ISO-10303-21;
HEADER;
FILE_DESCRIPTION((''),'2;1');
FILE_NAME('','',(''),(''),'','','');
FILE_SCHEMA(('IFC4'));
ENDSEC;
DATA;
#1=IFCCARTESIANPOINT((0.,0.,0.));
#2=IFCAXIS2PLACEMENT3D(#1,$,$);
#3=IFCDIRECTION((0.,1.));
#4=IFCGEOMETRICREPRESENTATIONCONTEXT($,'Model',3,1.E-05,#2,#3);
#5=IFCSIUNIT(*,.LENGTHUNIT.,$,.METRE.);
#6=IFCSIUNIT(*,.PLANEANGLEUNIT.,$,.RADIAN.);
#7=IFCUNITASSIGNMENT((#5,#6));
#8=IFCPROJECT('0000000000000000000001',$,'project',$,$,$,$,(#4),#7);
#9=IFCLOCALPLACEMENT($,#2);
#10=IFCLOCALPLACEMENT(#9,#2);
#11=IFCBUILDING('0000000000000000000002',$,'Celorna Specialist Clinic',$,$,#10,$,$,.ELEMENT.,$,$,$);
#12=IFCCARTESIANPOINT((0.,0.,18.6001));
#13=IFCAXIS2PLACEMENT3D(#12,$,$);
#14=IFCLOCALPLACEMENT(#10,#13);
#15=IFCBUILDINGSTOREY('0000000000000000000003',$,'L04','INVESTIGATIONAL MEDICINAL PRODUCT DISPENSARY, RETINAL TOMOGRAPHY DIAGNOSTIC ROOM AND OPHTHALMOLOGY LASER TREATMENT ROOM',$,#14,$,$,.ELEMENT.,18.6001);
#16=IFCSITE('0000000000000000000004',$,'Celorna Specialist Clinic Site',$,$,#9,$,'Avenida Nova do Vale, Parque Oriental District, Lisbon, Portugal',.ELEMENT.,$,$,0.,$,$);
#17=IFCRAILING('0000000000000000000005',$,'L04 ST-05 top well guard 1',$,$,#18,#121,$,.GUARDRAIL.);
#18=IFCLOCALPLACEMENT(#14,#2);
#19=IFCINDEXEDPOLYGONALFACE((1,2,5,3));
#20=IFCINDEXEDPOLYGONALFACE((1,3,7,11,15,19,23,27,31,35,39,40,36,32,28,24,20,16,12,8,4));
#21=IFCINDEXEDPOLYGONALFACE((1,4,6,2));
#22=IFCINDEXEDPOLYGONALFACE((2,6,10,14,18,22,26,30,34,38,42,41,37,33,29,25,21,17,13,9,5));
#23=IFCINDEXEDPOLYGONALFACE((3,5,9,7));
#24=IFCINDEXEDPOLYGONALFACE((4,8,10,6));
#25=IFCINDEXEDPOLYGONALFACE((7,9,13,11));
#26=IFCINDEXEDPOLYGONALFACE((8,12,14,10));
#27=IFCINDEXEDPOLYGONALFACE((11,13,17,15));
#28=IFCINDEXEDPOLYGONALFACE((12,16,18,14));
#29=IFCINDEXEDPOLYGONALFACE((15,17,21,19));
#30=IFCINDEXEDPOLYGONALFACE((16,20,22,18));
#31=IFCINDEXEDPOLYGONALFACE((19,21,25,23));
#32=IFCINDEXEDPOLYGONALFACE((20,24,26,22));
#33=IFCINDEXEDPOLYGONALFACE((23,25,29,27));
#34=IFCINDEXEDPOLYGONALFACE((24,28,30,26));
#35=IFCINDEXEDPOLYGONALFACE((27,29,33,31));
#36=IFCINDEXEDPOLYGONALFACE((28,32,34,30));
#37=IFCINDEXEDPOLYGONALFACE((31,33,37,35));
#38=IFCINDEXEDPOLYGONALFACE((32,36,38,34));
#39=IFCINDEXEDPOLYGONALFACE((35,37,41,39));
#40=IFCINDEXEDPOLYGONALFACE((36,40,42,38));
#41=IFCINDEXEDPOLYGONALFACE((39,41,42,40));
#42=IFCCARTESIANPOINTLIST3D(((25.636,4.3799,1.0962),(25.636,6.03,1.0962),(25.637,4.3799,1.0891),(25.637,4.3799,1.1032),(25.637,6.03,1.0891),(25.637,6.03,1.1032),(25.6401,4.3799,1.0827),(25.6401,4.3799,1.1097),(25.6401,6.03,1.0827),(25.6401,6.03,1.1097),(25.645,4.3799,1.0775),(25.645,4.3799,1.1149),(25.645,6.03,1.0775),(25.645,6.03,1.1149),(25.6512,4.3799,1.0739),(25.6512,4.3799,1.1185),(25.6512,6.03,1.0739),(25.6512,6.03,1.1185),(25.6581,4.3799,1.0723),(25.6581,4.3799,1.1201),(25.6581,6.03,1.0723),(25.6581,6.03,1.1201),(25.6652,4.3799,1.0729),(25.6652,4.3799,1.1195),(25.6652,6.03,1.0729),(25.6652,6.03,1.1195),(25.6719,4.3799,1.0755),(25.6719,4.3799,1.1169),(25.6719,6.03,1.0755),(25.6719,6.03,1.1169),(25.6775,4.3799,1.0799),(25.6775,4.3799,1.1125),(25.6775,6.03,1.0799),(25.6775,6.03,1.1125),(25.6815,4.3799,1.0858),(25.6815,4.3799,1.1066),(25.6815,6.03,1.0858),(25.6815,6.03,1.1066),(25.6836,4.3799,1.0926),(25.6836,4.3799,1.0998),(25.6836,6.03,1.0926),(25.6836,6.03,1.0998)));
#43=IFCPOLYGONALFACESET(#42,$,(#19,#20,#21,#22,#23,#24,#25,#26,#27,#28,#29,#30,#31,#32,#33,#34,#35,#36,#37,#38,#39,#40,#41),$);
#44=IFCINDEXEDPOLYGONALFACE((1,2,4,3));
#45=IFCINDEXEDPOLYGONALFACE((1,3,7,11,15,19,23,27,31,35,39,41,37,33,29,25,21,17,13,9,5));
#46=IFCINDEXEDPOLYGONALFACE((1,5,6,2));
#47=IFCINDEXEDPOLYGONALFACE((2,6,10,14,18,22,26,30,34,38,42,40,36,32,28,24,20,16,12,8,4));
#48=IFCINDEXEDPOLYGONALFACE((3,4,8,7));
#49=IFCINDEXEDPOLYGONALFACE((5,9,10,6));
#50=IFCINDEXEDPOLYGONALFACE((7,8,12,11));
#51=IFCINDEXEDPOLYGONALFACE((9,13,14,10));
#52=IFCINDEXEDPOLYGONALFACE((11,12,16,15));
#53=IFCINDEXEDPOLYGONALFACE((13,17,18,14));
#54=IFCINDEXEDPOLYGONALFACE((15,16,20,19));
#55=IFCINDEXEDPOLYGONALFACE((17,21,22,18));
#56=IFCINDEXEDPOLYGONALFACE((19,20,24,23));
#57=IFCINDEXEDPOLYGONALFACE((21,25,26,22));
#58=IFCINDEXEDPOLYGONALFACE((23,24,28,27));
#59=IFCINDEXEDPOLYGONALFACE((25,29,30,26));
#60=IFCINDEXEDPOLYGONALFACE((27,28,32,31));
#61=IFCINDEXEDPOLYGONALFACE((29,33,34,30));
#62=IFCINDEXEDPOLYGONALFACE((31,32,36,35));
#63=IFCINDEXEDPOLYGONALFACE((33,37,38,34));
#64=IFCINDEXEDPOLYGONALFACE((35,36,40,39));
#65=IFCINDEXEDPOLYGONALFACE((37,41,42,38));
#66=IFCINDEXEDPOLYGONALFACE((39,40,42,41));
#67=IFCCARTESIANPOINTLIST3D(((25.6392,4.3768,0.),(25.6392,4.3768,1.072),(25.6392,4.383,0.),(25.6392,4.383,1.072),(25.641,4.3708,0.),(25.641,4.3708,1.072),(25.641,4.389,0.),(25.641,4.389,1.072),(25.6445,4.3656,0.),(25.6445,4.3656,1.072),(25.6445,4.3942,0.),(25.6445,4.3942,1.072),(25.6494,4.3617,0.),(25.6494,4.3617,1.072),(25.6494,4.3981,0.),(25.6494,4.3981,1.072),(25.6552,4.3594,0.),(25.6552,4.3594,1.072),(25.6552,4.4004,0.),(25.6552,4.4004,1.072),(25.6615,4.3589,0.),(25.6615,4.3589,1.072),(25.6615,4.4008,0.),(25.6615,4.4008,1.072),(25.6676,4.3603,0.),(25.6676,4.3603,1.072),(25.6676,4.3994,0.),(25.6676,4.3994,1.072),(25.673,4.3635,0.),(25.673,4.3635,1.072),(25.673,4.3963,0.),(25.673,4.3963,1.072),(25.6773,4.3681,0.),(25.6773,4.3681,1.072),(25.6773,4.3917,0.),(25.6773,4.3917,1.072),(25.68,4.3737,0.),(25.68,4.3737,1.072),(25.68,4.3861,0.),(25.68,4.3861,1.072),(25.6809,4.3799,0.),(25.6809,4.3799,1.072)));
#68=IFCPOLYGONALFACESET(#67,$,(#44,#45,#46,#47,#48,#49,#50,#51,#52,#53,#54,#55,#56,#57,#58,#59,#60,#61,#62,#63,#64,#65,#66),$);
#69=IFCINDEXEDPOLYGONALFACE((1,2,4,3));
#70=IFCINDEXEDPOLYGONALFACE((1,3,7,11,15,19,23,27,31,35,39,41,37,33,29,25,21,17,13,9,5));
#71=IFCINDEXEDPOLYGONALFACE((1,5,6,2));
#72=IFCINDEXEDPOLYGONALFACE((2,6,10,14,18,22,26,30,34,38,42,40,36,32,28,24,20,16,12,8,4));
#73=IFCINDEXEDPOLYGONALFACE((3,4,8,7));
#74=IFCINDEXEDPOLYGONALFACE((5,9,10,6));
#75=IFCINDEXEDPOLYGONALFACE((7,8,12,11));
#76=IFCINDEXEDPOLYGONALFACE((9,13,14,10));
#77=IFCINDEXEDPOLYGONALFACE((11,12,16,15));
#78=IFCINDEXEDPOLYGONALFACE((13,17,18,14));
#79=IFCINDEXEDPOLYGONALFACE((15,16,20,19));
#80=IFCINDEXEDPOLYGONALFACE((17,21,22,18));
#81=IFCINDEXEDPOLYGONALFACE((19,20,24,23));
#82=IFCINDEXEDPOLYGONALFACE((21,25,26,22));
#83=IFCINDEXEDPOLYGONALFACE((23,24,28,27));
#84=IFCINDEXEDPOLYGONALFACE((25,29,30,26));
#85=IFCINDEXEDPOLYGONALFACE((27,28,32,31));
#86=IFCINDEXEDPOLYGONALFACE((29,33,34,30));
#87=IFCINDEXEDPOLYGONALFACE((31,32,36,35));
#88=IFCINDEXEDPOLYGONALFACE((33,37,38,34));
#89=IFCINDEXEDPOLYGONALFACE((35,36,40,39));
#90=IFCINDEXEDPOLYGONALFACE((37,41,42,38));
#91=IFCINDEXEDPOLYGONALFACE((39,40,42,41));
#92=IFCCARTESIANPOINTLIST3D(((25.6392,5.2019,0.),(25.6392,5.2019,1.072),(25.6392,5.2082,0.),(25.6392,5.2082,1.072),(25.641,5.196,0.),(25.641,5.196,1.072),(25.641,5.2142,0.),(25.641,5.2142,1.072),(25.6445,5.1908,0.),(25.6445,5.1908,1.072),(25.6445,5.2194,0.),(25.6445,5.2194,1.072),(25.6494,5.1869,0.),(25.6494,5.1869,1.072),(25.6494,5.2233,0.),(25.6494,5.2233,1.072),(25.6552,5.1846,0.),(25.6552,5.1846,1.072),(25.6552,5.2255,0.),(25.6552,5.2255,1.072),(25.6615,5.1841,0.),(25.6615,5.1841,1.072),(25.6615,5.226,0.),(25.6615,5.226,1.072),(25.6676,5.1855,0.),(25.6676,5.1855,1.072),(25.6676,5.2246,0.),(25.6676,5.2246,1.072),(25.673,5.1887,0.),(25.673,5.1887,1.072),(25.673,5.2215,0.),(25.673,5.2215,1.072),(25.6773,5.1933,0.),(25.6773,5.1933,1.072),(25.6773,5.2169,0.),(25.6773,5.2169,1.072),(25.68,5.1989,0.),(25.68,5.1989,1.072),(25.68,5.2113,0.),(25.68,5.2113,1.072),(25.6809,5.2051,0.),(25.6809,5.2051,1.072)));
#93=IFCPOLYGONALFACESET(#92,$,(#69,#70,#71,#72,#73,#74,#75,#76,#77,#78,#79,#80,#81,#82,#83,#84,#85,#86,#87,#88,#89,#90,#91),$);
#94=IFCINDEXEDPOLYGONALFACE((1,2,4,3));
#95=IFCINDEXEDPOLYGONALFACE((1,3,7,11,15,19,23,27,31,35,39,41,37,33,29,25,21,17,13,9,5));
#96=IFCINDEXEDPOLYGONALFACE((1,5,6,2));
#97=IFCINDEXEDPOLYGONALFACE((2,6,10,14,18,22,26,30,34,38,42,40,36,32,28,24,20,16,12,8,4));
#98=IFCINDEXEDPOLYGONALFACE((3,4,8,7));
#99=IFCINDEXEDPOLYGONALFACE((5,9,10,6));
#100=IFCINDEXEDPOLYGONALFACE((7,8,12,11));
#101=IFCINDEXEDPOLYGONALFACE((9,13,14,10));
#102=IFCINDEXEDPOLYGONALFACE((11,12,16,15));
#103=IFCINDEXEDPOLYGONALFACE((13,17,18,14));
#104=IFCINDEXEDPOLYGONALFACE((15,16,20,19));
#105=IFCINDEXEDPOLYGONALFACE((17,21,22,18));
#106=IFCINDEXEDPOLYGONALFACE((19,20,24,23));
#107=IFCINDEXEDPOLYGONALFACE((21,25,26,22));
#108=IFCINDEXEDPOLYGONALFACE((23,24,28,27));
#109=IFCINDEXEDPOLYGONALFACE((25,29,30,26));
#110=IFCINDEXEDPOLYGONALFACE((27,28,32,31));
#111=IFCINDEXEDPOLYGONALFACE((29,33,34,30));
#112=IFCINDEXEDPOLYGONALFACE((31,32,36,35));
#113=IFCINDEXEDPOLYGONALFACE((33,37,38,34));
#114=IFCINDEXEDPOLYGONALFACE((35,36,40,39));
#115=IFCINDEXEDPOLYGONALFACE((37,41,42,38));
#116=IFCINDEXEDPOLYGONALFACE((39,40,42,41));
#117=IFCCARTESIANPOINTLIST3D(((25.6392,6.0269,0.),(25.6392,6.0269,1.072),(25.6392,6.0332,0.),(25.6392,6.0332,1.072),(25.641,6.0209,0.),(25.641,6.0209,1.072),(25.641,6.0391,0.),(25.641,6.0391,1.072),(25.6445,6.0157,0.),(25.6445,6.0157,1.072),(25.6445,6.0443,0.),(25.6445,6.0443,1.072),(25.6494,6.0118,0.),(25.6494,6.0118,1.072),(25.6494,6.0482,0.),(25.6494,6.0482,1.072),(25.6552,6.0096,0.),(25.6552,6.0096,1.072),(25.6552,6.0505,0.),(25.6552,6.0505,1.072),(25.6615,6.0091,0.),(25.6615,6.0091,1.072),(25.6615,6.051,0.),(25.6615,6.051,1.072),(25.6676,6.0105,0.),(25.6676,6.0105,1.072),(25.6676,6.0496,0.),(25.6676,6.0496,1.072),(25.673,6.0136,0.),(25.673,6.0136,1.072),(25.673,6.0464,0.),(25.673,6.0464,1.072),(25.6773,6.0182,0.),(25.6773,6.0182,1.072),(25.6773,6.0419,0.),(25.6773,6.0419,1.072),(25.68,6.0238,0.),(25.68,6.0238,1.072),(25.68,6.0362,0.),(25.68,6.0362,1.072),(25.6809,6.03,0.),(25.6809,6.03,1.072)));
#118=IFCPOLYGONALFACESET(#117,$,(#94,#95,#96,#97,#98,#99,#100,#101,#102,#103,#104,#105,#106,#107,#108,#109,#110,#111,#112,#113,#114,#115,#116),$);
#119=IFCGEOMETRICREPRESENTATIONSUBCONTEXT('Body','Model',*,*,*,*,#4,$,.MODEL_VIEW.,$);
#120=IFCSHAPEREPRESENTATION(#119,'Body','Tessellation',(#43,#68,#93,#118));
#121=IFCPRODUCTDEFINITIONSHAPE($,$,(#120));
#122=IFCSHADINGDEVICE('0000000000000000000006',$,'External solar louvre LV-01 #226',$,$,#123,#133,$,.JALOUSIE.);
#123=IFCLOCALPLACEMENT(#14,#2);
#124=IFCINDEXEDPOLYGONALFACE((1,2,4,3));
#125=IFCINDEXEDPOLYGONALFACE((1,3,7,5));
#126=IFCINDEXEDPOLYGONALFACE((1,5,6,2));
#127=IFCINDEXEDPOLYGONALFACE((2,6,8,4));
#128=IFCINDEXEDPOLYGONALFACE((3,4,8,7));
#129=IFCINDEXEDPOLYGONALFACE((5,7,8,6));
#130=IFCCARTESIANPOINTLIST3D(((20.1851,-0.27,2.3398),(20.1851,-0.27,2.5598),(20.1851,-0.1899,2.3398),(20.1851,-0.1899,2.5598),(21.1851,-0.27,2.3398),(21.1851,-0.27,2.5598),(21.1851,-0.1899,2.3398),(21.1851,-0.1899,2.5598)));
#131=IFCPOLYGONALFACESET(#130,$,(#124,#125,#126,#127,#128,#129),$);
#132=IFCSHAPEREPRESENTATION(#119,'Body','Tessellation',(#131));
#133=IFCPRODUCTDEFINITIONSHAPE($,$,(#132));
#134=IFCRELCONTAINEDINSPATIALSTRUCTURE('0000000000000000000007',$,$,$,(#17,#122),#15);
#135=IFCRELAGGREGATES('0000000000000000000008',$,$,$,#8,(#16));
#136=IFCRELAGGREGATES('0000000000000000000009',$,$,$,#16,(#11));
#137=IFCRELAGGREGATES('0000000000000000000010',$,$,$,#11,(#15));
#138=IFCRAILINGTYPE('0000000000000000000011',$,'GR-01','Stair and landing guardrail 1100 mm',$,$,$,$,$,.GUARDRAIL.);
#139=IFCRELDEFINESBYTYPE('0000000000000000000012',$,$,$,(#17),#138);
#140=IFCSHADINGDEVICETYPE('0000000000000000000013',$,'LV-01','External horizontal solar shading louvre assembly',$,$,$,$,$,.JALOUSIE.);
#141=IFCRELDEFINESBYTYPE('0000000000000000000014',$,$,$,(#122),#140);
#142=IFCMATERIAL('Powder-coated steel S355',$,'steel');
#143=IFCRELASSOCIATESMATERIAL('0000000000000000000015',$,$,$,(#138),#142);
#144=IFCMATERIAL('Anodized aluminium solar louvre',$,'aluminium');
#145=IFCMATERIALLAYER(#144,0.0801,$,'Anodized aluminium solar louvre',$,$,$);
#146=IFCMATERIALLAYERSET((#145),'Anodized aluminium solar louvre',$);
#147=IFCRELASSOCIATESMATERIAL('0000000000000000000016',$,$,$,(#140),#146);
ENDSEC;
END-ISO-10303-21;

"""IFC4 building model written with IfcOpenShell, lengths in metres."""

from ifc_helpers import new_model, si_unit, direction, frame, origin, origin_2d, place, context, subcontext, project, spatial, rectangle, circle, extrude, material, layer, layer_set, type_object, element, save


model = new_model("IFC4")

# Units and contexts
model_context = context("Model", 3, precision=1e-05, world=origin(), true_north=direction((0.0, 1.0)))
body_context = subcontext(model_context, "Body", "Model", "MODEL_VIEW")
ifc_project = project(units=[si_unit("LENGTHUNIT", "METRE"), si_unit("PLANEANGLEUNIT", "RADIAN")], contexts=[model_context])

# Site, building, storey
site_placement = place(None, origin())
site = spatial("IfcSite", under=ifc_project, at=site_placement, Name="Celorna Specialist Clinic Site", LongName="Avenida Nova do Vale, Parque Oriental District, Lisbon, Portugal", CompositionType="ELEMENT", RefElevation=0.0)
building_placement = place(site_placement, origin())
building = spatial("IfcBuilding", under=site, at=building_placement, Name="Celorna Specialist Clinic", CompositionType="ELEMENT")
storey_placement = place(building_placement, frame((0.0, 0.0, 18.6001)))
storey = spatial("IfcBuildingStorey", under=building, at=storey_placement, Name="L04", Description="INVESTIGATIONAL MEDICINAL PRODUCT DISPENSARY, RETINAL TOMOGRAPHY DIAGNOSTIC ROOM AND OPHTHALMOLOGY LASER TREATMENT ROOM", CompositionType="ELEMENT", Elevation=18.6001)

# Railing
ifc_material_1 = material(Name="Powder-coated steel S355", Category="steel")
railing_type = type_object("IfcRailingType", Name="GR-01", Description="Stair and landing guardrail 1100 mm", PredefinedType="GUARDRAIL", material=ifc_material_1)
railing_placement = place(storey_placement, frame((25.6599, 4.3799, 0.0)))
element("IfcRailing", 1, at=railing_placement, inside=storey, type_object=railing_type, Name="L04 ST-05 top well guard 1", PredefinedType="GUARDRAIL", context=body_context, shape_type="SweptSolid", body=[
    extrude(circle(Radius=0.0239, at=origin_2d()), frame((0.0, 0.0, 1.0962), z_axis=(0.0, 1.0, 0.0), x_axis=(-1.0, 0.0, 0.0)), (0.0, 0.0, 1.0), 1.6501),
    extrude(circle(Radius=0.021, at=origin_2d()), origin(), (0.0, 0.0, 1.0), 1.072),
    extrude(circle(Radius=0.021, at=origin_2d()), frame((0.0, 0.8252, 0.0)), (0.0, 0.0, 1.0), 1.072),
    extrude(circle(Radius=0.021, at=origin_2d()), frame((0.0, 1.6501, 0.0)), (0.0, 0.0, 1.0), 1.072),
])

# Shading device
ifc_material_2 = material(Name="Anodized aluminium solar louvre", Category="aluminium")
ifc_layer_1 = layer(ifc_material_2, 0.0801, Name="Anodized aluminium solar louvre")
ifc_layer_set_1 = layer_set([ifc_layer_1], Name="Anodized aluminium solar louvre")
shading_device_type = type_object("IfcShadingDeviceType", Name="LV-01", Description="External horizontal solar shading louvre assembly", PredefinedType="JALOUSIE", material=ifc_layer_set_1)
shading_device_placement = place(storey_placement, frame((20.6851, -0.23, 2.3398), z_axis=(0.0, 0.0, 1.0), x_axis=(-1.0, 0.0, 0.0)))
element("IfcShadingDevice", 2, at=shading_device_placement, inside=storey, type_object=shading_device_type, Name="External solar louvre LV-01 #226", PredefinedType="JALOUSIE", context=body_context, shape_type="SweptSolid", body=[
    extrude(rectangle(XDim=1.0, YDim=0.0801, at=origin_2d()), origin(), (0.0, 0.0, 1.0), 0.22),
])

save(model, "model.ifc")
